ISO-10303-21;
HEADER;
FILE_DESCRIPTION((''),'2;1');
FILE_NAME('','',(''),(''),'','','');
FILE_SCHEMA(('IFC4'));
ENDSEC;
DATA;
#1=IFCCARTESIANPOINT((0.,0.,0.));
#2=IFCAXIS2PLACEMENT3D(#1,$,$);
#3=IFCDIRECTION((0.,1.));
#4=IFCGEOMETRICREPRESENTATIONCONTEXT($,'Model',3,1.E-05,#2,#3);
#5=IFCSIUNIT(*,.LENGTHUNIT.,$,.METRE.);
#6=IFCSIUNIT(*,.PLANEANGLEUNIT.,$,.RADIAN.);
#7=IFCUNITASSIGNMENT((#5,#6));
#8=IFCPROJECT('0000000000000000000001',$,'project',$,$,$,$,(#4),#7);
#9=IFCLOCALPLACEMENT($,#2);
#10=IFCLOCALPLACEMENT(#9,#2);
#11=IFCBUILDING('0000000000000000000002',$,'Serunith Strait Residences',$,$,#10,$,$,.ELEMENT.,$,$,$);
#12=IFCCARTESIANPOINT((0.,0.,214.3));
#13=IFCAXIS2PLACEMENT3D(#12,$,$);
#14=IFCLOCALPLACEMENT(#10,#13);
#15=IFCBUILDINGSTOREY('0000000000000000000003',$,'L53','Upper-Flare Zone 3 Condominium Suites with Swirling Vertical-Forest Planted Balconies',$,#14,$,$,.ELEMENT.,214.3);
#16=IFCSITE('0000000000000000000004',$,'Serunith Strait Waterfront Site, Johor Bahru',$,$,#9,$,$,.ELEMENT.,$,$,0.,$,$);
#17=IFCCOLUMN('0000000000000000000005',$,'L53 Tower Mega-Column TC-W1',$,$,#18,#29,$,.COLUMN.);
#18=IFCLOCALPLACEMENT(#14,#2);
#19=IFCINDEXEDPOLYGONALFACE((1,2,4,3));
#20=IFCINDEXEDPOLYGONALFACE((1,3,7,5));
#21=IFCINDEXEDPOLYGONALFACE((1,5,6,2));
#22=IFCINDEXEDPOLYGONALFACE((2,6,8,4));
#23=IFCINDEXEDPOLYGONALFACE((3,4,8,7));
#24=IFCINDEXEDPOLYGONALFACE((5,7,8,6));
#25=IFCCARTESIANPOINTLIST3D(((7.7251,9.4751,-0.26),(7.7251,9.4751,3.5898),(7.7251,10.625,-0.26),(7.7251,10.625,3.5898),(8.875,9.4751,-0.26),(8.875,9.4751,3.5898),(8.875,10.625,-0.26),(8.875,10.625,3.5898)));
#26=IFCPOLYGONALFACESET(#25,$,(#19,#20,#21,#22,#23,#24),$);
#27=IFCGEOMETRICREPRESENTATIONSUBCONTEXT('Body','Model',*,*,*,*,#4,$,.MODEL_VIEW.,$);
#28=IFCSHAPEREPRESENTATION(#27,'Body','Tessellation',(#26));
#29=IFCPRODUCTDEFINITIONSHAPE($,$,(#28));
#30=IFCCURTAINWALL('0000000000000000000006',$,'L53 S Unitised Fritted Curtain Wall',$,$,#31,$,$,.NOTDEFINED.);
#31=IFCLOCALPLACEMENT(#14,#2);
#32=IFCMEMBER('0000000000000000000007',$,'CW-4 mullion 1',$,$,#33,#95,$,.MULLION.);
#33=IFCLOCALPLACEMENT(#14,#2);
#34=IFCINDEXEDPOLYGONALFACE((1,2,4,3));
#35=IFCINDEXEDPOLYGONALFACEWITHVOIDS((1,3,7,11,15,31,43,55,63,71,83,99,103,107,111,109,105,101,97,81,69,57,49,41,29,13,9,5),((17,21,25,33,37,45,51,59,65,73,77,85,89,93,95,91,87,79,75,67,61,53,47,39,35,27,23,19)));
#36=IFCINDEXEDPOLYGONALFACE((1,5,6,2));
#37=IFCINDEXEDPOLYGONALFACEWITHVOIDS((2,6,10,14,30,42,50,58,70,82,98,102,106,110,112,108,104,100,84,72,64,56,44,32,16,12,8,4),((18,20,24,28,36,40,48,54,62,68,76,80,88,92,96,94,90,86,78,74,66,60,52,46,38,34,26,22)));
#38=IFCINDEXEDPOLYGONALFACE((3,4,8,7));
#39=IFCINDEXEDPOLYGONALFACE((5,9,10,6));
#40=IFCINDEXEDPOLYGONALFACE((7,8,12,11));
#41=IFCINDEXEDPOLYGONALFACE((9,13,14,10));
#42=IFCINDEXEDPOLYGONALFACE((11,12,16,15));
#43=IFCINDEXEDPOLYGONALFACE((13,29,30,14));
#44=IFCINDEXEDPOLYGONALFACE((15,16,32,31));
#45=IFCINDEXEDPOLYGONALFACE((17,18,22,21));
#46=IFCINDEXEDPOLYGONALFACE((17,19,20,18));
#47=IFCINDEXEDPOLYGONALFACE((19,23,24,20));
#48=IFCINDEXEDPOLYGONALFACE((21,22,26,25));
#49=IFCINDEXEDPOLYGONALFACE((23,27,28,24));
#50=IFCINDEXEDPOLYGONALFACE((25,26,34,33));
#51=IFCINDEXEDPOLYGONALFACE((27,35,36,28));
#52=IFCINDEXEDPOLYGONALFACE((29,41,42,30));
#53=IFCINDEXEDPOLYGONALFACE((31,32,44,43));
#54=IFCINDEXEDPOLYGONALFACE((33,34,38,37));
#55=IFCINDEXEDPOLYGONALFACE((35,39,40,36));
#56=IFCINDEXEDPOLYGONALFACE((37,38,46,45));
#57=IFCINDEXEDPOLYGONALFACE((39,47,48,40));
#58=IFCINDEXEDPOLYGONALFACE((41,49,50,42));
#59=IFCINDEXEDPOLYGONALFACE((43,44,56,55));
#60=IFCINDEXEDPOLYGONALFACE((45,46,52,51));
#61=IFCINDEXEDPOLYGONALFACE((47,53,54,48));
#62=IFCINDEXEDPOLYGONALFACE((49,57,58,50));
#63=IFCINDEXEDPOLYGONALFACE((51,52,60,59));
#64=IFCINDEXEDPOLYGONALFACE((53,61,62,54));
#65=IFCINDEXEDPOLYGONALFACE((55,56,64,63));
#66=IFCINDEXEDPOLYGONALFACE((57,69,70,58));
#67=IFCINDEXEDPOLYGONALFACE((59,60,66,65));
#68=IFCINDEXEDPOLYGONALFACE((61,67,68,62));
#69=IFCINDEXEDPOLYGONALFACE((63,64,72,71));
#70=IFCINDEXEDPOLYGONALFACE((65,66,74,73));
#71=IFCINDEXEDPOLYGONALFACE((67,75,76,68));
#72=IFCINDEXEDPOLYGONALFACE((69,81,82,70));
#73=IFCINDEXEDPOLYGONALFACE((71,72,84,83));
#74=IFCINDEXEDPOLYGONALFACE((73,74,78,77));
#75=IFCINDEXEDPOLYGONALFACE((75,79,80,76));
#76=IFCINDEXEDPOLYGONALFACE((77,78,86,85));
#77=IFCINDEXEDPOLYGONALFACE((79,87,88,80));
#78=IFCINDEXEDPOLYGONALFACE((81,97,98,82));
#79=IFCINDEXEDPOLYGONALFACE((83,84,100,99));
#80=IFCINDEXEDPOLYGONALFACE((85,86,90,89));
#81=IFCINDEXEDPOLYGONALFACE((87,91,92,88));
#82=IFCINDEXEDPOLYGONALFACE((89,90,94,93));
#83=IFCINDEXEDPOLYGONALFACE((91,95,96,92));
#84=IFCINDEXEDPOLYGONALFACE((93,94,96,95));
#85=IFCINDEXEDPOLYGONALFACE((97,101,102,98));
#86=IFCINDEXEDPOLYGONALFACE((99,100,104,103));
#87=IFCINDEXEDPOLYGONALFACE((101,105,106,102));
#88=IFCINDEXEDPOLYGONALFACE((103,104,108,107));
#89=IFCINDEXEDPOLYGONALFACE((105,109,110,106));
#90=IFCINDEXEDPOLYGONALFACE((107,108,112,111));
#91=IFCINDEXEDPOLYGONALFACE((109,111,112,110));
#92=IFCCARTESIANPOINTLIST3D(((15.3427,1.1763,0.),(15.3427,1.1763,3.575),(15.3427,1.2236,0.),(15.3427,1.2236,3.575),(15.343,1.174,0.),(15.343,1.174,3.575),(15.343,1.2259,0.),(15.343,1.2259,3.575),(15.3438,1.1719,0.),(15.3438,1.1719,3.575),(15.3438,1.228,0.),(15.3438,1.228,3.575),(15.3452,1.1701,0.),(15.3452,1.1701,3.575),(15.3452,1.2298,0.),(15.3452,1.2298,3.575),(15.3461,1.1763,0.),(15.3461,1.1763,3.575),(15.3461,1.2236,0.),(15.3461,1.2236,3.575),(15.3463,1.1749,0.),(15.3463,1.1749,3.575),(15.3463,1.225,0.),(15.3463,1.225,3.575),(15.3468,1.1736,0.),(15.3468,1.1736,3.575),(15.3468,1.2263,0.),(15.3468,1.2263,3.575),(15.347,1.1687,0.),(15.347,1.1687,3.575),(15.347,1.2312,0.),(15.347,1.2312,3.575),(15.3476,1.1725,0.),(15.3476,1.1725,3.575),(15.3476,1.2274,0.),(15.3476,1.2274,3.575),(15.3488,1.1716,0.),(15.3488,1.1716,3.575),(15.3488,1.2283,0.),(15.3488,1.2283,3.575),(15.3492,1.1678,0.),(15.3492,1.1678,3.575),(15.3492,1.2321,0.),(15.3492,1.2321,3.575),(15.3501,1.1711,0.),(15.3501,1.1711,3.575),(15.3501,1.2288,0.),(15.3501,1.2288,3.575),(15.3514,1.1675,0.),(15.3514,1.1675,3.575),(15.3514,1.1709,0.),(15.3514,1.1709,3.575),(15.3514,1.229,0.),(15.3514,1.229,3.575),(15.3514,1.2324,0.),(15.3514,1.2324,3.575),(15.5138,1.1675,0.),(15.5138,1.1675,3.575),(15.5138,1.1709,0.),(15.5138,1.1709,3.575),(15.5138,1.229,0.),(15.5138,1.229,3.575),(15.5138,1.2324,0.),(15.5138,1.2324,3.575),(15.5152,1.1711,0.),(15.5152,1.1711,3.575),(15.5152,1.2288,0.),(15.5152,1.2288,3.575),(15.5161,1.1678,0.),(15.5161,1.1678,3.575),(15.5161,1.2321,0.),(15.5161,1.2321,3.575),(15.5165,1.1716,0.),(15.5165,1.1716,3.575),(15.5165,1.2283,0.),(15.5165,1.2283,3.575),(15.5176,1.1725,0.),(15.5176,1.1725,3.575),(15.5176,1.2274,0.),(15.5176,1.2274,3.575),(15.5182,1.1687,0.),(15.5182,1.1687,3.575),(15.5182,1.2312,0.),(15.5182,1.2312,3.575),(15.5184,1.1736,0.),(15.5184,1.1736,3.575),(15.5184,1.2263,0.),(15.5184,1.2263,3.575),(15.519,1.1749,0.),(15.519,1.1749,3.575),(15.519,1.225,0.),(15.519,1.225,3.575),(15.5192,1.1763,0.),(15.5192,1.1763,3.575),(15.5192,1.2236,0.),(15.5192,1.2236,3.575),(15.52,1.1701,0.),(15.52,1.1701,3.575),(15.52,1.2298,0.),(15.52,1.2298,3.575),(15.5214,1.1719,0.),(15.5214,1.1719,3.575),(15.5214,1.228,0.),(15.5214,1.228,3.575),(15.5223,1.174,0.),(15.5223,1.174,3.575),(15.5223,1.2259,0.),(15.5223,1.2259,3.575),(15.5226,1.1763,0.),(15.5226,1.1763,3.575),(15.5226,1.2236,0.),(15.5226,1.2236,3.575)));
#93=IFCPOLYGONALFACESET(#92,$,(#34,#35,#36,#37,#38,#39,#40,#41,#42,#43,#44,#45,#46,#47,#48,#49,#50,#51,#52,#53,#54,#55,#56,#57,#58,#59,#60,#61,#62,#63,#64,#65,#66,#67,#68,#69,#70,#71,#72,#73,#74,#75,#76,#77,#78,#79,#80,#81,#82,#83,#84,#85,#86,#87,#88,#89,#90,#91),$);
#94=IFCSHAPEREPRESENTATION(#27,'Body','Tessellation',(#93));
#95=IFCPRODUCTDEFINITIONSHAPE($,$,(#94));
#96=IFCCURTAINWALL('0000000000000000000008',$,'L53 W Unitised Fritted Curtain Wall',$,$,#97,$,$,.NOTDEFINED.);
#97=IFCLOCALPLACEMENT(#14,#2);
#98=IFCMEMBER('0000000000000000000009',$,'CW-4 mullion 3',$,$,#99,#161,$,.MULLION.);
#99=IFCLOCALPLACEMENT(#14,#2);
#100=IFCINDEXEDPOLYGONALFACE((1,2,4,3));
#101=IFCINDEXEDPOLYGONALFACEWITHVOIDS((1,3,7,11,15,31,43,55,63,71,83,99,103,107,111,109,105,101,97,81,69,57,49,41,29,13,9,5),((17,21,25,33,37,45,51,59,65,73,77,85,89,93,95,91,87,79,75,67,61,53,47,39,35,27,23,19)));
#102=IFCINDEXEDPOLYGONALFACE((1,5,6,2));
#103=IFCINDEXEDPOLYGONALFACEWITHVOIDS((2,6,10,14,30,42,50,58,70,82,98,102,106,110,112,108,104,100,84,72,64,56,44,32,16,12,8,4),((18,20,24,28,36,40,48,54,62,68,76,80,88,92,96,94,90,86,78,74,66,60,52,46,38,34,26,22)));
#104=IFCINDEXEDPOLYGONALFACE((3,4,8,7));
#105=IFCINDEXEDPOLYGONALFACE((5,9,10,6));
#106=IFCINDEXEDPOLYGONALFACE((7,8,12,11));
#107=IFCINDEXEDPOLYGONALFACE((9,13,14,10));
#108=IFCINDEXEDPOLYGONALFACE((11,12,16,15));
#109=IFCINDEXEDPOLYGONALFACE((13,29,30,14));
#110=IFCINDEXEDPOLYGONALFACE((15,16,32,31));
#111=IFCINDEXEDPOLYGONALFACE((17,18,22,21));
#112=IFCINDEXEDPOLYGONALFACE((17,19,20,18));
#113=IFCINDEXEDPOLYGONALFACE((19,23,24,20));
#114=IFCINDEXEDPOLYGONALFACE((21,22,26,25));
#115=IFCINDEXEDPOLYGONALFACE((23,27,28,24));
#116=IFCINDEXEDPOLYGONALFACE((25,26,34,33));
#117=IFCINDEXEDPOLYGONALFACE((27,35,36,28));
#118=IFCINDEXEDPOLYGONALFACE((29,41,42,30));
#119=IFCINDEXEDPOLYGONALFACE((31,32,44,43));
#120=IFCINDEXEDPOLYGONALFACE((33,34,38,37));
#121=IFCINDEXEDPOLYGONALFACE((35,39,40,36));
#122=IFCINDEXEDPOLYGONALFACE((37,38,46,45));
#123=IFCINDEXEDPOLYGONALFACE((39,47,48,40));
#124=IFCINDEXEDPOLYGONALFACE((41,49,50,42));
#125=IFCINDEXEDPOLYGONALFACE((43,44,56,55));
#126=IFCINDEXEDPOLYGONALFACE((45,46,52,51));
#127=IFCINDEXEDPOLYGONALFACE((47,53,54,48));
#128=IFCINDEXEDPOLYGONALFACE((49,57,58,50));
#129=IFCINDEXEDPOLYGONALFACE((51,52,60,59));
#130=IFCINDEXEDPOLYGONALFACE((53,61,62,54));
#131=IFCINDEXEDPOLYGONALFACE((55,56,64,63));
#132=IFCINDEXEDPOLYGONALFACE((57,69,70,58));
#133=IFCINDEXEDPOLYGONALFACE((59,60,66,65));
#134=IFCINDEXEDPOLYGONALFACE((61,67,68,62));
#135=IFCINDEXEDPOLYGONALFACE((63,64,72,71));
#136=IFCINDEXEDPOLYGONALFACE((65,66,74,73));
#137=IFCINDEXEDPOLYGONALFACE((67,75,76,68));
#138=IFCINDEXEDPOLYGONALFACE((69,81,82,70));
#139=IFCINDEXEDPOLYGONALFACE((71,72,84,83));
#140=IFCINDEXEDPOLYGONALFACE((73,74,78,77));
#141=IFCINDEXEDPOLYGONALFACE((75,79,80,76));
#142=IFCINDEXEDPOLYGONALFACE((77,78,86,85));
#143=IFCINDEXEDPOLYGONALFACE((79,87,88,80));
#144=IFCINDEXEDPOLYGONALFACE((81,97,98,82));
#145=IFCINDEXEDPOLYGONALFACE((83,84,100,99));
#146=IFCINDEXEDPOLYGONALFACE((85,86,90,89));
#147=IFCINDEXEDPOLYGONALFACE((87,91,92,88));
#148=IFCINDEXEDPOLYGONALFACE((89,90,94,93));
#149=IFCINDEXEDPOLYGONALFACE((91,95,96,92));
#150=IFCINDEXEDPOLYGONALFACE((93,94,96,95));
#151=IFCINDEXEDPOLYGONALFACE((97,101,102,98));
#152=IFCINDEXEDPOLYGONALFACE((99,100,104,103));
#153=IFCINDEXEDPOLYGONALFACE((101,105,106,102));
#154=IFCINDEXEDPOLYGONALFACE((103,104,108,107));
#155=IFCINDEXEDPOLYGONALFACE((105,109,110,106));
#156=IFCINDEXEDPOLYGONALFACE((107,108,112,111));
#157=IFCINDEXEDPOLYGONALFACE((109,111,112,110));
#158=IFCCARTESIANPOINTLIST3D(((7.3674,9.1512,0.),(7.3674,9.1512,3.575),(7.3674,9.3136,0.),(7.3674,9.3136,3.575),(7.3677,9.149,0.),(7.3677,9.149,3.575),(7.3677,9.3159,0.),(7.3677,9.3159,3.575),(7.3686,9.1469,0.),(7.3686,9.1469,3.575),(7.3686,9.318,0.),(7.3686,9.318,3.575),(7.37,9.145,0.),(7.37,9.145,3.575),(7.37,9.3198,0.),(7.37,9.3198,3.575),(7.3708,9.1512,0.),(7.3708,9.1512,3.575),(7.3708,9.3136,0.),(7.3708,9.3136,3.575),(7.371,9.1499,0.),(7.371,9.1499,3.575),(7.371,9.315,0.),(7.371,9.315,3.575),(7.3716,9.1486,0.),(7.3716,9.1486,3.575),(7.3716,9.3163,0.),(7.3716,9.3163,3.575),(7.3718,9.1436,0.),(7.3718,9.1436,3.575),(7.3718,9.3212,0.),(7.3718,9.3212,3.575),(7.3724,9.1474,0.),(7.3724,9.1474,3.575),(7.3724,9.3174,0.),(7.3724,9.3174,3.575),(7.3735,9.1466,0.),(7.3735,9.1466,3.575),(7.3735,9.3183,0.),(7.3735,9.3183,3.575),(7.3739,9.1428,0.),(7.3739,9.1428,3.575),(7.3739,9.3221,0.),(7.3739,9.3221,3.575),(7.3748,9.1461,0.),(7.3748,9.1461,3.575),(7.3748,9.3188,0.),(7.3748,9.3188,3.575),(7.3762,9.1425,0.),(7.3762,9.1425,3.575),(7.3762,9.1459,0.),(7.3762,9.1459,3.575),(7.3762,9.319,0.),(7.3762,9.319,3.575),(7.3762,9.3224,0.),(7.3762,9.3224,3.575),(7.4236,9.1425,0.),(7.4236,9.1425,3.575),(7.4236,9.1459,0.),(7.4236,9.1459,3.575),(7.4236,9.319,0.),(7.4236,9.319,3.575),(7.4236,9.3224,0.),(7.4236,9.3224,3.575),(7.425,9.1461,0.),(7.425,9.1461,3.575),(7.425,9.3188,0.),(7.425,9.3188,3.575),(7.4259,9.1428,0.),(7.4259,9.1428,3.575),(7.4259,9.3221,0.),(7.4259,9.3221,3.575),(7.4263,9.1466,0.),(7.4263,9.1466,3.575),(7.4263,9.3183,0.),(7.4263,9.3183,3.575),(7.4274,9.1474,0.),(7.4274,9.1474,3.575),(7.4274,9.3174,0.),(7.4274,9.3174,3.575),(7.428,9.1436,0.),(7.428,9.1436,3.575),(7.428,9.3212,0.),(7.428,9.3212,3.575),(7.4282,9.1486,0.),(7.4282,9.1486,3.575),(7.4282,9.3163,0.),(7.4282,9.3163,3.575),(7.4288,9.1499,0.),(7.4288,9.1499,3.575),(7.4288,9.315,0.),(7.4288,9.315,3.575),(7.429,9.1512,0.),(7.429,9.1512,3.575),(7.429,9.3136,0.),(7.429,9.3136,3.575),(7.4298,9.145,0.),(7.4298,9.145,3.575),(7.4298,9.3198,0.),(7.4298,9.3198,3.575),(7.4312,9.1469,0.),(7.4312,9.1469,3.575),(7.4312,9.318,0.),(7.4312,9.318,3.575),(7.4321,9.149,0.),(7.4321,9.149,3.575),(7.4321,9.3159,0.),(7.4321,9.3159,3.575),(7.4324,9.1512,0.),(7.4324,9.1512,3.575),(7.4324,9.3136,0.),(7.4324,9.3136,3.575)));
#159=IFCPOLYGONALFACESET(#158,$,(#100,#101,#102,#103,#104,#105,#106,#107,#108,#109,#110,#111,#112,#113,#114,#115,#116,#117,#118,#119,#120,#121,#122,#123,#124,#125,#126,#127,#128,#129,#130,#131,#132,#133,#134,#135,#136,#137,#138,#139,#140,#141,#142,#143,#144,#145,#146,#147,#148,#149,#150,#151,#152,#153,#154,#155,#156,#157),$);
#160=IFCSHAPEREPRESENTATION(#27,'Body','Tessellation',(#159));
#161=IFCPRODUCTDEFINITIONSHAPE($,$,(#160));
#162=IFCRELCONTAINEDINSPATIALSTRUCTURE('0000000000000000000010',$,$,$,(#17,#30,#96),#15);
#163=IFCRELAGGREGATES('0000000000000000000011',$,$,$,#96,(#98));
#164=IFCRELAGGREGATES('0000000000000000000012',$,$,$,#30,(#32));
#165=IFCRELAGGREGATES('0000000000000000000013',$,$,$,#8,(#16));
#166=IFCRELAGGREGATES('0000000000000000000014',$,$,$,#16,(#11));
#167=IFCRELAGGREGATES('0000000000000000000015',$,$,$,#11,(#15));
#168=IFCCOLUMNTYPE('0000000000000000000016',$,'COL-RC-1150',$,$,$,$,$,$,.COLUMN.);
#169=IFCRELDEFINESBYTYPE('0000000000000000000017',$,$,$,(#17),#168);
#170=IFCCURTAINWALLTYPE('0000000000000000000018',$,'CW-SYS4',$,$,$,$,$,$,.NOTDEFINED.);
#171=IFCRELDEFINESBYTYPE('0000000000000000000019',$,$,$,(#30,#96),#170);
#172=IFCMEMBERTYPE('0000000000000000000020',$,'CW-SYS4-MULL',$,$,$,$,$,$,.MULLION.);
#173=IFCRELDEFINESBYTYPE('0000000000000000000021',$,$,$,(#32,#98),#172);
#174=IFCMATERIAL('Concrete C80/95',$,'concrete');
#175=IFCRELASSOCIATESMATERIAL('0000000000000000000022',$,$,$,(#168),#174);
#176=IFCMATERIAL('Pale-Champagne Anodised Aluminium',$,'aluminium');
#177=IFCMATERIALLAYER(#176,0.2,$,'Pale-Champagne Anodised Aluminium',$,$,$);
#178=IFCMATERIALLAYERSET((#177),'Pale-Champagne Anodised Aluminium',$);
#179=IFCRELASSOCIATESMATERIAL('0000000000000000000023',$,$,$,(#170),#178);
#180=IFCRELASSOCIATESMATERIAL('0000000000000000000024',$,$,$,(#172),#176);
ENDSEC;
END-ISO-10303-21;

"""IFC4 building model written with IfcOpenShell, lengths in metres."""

from ifc_helpers import new_model, si_unit, direction, frame, origin, origin_2d, place, context, subcontext, project, spatial, rectangle, hollow_rectangle, extrude, source, transform, mapped, material, layer, layer_set, material_profile, profile_set, type_object, element, aggregate, save


model = new_model("IFC4")

# Units and contexts
model_context = context("Model", 3, precision=1e-05, world=origin(), true_north=direction((0.0, 1.0)))
body_context = subcontext(model_context, "Body", "Model", "MODEL_VIEW")
ifc_project = project(units=[si_unit("LENGTHUNIT", "METRE"), si_unit("PLANEANGLEUNIT", "RADIAN")], contexts=[model_context])

# Site, building, storey
site_placement = place(None, origin())
site = spatial("IfcSite", under=ifc_project, at=site_placement, Name="Serunith Strait Waterfront Site, Johor Bahru", CompositionType="ELEMENT", RefElevation=0.0)
building_placement = place(site_placement, origin())
building = spatial("IfcBuilding", under=site, at=building_placement, Name="Serunith Strait Residences", CompositionType="ELEMENT")
storey_placement = place(building_placement, frame((0.0, 0.0, 214.3)))
storey = spatial("IfcBuildingStorey", under=building, at=storey_placement, Name="L53", Description="Upper-Flare Zone 3 Condominium Suites with Swirling Vertical-Forest Planted Balconies", CompositionType="ELEMENT", Elevation=214.3)

# Column
ifc_material_1 = material(Name="Concrete C80/95", Category="concrete")
ifc_material_profile_1 = material_profile(ifc_material_1, rectangle(XDim=1.1499, YDim=1.1499, at=origin_2d()), Name="RC 1150x1150")
ifc_profile_set_1 = profile_set([ifc_material_profile_1], Name="Concrete C80/95")
column_type = type_object("IfcColumnType", Name="COL-RC-1150", PredefinedType="COLUMN", material=ifc_profile_set_1)
shared_shape_1 = source(origin(), body_context, "Body", "SweptSolid", [
    extrude(rectangle(XDim=1.1499, YDim=1.1499, at=origin_2d()), origin(), (0.0, 0.0, 1.0), 3.8499),
])
column_placement = place(storey_placement, frame((8.3, 10.05, -0.26), z_axis=(0.0, 0.0, 1.0), x_axis=(1.0, 0.0, 0.0)))
element("IfcColumn", 1, at=column_placement, inside=storey, type_object=column_type, Name="L53 Tower Mega-Column TC-W1", PredefinedType="COLUMN", context=body_context, shape_type="MappedRepresentation", body=[
    mapped(shared_shape_1, transform((0.0, 0.0, 0.0), scale=1.0)),
])

# Curtain walls, members
ifc_material_2 = material(Name="Pale-Champagne Anodised Aluminium", Category="aluminium")
ifc_layer_1 = layer(ifc_material_2, 0.2, Name="Pale-Champagne Anodised Aluminium")
ifc_layer_set_1 = layer_set([ifc_layer_1], Name="Pale-Champagne Anodised Aluminium")
curtain_wall_type = type_object("IfcCurtainWallType", Name="CW-SYS4", PredefinedType="NOTDEFINED", material=ifc_layer_set_1)
curtain_wall_1_placement = place(storey_placement, origin())
curtain_wall_1 = element("IfcCurtainWall", 2, at=curtain_wall_1_placement, inside=storey, type_object=curtain_wall_type, Name="L53 S Unitised Fritted Curtain Wall", PredefinedType="NOTDEFINED")
ifc_material_profile_2 = material_profile(ifc_material_2, hollow_rectangle(XDim=0.0649, YDim=0.1799, WallThickness=0.0034, InnerFilletRadius=0.0054, OuterFilletRadius=0.0088, at=origin_2d()), Name="ALU 180x65x3.5")
ifc_profile_set_2 = profile_set([ifc_material_profile_2], Name="Pale-Champagne Anodised Aluminium")
member_type_1 = type_object("IfcMemberType", Name="CW-SYS4-MULL", PredefinedType="MULLION", material=ifc_profile_set_2)
shared_shape_2 = source(origin(), body_context, "Body", "SweptSolid", [
    extrude(hollow_rectangle(XDim=0.0649, YDim=0.1799, WallThickness=0.0034, InnerFilletRadius=0.0054, OuterFilletRadius=0.0088, at=origin_2d()), origin(), (0.0, 0.0, 1.0), 3.575),
])
member_1_placement = place(storey_placement, frame((15.4326, 1.2, 0.0), z_axis=(0.0, 0.0, 1.0), x_axis=(0.0, 1.0, 0.0)))
member_1 = element("IfcMember", 3, at=member_1_placement, type_object=member_type_1, Name="CW-4 mullion 1", PredefinedType="MULLION", context=body_context, shape_type="MappedRepresentation", body=[
    mapped(shared_shape_2, transform((0.0, 0.0, 0.0), scale=1.0)),
])
curtain_wall_2_placement = place(storey_placement, origin())
curtain_wall_2 = element("IfcCurtainWall", 4, at=curtain_wall_2_placement, inside=storey, type_object=curtain_wall_type, Name="L53 W Unitised Fritted Curtain Wall", PredefinedType="NOTDEFINED")
member_2_placement = place(storey_placement, frame((7.3999, 9.2324, 0.0), z_axis=(0.0, 0.0, 1.0), x_axis=(1.0, 0.0, 0.0)))
member_2 = element("IfcMember", 5, at=member_2_placement, type_object=member_type_1, Name="CW-4 mullion 3", PredefinedType="MULLION", context=body_context, shape_type="MappedRepresentation", body=[
    mapped(shared_shape_2, transform((0.0, 0.0, 0.0), scale=1.0)),
])
aggregate(curtain_wall_2, [member_2])

aggregate(curtain_wall_1, [member_1])

save(model, "model.ifc")
